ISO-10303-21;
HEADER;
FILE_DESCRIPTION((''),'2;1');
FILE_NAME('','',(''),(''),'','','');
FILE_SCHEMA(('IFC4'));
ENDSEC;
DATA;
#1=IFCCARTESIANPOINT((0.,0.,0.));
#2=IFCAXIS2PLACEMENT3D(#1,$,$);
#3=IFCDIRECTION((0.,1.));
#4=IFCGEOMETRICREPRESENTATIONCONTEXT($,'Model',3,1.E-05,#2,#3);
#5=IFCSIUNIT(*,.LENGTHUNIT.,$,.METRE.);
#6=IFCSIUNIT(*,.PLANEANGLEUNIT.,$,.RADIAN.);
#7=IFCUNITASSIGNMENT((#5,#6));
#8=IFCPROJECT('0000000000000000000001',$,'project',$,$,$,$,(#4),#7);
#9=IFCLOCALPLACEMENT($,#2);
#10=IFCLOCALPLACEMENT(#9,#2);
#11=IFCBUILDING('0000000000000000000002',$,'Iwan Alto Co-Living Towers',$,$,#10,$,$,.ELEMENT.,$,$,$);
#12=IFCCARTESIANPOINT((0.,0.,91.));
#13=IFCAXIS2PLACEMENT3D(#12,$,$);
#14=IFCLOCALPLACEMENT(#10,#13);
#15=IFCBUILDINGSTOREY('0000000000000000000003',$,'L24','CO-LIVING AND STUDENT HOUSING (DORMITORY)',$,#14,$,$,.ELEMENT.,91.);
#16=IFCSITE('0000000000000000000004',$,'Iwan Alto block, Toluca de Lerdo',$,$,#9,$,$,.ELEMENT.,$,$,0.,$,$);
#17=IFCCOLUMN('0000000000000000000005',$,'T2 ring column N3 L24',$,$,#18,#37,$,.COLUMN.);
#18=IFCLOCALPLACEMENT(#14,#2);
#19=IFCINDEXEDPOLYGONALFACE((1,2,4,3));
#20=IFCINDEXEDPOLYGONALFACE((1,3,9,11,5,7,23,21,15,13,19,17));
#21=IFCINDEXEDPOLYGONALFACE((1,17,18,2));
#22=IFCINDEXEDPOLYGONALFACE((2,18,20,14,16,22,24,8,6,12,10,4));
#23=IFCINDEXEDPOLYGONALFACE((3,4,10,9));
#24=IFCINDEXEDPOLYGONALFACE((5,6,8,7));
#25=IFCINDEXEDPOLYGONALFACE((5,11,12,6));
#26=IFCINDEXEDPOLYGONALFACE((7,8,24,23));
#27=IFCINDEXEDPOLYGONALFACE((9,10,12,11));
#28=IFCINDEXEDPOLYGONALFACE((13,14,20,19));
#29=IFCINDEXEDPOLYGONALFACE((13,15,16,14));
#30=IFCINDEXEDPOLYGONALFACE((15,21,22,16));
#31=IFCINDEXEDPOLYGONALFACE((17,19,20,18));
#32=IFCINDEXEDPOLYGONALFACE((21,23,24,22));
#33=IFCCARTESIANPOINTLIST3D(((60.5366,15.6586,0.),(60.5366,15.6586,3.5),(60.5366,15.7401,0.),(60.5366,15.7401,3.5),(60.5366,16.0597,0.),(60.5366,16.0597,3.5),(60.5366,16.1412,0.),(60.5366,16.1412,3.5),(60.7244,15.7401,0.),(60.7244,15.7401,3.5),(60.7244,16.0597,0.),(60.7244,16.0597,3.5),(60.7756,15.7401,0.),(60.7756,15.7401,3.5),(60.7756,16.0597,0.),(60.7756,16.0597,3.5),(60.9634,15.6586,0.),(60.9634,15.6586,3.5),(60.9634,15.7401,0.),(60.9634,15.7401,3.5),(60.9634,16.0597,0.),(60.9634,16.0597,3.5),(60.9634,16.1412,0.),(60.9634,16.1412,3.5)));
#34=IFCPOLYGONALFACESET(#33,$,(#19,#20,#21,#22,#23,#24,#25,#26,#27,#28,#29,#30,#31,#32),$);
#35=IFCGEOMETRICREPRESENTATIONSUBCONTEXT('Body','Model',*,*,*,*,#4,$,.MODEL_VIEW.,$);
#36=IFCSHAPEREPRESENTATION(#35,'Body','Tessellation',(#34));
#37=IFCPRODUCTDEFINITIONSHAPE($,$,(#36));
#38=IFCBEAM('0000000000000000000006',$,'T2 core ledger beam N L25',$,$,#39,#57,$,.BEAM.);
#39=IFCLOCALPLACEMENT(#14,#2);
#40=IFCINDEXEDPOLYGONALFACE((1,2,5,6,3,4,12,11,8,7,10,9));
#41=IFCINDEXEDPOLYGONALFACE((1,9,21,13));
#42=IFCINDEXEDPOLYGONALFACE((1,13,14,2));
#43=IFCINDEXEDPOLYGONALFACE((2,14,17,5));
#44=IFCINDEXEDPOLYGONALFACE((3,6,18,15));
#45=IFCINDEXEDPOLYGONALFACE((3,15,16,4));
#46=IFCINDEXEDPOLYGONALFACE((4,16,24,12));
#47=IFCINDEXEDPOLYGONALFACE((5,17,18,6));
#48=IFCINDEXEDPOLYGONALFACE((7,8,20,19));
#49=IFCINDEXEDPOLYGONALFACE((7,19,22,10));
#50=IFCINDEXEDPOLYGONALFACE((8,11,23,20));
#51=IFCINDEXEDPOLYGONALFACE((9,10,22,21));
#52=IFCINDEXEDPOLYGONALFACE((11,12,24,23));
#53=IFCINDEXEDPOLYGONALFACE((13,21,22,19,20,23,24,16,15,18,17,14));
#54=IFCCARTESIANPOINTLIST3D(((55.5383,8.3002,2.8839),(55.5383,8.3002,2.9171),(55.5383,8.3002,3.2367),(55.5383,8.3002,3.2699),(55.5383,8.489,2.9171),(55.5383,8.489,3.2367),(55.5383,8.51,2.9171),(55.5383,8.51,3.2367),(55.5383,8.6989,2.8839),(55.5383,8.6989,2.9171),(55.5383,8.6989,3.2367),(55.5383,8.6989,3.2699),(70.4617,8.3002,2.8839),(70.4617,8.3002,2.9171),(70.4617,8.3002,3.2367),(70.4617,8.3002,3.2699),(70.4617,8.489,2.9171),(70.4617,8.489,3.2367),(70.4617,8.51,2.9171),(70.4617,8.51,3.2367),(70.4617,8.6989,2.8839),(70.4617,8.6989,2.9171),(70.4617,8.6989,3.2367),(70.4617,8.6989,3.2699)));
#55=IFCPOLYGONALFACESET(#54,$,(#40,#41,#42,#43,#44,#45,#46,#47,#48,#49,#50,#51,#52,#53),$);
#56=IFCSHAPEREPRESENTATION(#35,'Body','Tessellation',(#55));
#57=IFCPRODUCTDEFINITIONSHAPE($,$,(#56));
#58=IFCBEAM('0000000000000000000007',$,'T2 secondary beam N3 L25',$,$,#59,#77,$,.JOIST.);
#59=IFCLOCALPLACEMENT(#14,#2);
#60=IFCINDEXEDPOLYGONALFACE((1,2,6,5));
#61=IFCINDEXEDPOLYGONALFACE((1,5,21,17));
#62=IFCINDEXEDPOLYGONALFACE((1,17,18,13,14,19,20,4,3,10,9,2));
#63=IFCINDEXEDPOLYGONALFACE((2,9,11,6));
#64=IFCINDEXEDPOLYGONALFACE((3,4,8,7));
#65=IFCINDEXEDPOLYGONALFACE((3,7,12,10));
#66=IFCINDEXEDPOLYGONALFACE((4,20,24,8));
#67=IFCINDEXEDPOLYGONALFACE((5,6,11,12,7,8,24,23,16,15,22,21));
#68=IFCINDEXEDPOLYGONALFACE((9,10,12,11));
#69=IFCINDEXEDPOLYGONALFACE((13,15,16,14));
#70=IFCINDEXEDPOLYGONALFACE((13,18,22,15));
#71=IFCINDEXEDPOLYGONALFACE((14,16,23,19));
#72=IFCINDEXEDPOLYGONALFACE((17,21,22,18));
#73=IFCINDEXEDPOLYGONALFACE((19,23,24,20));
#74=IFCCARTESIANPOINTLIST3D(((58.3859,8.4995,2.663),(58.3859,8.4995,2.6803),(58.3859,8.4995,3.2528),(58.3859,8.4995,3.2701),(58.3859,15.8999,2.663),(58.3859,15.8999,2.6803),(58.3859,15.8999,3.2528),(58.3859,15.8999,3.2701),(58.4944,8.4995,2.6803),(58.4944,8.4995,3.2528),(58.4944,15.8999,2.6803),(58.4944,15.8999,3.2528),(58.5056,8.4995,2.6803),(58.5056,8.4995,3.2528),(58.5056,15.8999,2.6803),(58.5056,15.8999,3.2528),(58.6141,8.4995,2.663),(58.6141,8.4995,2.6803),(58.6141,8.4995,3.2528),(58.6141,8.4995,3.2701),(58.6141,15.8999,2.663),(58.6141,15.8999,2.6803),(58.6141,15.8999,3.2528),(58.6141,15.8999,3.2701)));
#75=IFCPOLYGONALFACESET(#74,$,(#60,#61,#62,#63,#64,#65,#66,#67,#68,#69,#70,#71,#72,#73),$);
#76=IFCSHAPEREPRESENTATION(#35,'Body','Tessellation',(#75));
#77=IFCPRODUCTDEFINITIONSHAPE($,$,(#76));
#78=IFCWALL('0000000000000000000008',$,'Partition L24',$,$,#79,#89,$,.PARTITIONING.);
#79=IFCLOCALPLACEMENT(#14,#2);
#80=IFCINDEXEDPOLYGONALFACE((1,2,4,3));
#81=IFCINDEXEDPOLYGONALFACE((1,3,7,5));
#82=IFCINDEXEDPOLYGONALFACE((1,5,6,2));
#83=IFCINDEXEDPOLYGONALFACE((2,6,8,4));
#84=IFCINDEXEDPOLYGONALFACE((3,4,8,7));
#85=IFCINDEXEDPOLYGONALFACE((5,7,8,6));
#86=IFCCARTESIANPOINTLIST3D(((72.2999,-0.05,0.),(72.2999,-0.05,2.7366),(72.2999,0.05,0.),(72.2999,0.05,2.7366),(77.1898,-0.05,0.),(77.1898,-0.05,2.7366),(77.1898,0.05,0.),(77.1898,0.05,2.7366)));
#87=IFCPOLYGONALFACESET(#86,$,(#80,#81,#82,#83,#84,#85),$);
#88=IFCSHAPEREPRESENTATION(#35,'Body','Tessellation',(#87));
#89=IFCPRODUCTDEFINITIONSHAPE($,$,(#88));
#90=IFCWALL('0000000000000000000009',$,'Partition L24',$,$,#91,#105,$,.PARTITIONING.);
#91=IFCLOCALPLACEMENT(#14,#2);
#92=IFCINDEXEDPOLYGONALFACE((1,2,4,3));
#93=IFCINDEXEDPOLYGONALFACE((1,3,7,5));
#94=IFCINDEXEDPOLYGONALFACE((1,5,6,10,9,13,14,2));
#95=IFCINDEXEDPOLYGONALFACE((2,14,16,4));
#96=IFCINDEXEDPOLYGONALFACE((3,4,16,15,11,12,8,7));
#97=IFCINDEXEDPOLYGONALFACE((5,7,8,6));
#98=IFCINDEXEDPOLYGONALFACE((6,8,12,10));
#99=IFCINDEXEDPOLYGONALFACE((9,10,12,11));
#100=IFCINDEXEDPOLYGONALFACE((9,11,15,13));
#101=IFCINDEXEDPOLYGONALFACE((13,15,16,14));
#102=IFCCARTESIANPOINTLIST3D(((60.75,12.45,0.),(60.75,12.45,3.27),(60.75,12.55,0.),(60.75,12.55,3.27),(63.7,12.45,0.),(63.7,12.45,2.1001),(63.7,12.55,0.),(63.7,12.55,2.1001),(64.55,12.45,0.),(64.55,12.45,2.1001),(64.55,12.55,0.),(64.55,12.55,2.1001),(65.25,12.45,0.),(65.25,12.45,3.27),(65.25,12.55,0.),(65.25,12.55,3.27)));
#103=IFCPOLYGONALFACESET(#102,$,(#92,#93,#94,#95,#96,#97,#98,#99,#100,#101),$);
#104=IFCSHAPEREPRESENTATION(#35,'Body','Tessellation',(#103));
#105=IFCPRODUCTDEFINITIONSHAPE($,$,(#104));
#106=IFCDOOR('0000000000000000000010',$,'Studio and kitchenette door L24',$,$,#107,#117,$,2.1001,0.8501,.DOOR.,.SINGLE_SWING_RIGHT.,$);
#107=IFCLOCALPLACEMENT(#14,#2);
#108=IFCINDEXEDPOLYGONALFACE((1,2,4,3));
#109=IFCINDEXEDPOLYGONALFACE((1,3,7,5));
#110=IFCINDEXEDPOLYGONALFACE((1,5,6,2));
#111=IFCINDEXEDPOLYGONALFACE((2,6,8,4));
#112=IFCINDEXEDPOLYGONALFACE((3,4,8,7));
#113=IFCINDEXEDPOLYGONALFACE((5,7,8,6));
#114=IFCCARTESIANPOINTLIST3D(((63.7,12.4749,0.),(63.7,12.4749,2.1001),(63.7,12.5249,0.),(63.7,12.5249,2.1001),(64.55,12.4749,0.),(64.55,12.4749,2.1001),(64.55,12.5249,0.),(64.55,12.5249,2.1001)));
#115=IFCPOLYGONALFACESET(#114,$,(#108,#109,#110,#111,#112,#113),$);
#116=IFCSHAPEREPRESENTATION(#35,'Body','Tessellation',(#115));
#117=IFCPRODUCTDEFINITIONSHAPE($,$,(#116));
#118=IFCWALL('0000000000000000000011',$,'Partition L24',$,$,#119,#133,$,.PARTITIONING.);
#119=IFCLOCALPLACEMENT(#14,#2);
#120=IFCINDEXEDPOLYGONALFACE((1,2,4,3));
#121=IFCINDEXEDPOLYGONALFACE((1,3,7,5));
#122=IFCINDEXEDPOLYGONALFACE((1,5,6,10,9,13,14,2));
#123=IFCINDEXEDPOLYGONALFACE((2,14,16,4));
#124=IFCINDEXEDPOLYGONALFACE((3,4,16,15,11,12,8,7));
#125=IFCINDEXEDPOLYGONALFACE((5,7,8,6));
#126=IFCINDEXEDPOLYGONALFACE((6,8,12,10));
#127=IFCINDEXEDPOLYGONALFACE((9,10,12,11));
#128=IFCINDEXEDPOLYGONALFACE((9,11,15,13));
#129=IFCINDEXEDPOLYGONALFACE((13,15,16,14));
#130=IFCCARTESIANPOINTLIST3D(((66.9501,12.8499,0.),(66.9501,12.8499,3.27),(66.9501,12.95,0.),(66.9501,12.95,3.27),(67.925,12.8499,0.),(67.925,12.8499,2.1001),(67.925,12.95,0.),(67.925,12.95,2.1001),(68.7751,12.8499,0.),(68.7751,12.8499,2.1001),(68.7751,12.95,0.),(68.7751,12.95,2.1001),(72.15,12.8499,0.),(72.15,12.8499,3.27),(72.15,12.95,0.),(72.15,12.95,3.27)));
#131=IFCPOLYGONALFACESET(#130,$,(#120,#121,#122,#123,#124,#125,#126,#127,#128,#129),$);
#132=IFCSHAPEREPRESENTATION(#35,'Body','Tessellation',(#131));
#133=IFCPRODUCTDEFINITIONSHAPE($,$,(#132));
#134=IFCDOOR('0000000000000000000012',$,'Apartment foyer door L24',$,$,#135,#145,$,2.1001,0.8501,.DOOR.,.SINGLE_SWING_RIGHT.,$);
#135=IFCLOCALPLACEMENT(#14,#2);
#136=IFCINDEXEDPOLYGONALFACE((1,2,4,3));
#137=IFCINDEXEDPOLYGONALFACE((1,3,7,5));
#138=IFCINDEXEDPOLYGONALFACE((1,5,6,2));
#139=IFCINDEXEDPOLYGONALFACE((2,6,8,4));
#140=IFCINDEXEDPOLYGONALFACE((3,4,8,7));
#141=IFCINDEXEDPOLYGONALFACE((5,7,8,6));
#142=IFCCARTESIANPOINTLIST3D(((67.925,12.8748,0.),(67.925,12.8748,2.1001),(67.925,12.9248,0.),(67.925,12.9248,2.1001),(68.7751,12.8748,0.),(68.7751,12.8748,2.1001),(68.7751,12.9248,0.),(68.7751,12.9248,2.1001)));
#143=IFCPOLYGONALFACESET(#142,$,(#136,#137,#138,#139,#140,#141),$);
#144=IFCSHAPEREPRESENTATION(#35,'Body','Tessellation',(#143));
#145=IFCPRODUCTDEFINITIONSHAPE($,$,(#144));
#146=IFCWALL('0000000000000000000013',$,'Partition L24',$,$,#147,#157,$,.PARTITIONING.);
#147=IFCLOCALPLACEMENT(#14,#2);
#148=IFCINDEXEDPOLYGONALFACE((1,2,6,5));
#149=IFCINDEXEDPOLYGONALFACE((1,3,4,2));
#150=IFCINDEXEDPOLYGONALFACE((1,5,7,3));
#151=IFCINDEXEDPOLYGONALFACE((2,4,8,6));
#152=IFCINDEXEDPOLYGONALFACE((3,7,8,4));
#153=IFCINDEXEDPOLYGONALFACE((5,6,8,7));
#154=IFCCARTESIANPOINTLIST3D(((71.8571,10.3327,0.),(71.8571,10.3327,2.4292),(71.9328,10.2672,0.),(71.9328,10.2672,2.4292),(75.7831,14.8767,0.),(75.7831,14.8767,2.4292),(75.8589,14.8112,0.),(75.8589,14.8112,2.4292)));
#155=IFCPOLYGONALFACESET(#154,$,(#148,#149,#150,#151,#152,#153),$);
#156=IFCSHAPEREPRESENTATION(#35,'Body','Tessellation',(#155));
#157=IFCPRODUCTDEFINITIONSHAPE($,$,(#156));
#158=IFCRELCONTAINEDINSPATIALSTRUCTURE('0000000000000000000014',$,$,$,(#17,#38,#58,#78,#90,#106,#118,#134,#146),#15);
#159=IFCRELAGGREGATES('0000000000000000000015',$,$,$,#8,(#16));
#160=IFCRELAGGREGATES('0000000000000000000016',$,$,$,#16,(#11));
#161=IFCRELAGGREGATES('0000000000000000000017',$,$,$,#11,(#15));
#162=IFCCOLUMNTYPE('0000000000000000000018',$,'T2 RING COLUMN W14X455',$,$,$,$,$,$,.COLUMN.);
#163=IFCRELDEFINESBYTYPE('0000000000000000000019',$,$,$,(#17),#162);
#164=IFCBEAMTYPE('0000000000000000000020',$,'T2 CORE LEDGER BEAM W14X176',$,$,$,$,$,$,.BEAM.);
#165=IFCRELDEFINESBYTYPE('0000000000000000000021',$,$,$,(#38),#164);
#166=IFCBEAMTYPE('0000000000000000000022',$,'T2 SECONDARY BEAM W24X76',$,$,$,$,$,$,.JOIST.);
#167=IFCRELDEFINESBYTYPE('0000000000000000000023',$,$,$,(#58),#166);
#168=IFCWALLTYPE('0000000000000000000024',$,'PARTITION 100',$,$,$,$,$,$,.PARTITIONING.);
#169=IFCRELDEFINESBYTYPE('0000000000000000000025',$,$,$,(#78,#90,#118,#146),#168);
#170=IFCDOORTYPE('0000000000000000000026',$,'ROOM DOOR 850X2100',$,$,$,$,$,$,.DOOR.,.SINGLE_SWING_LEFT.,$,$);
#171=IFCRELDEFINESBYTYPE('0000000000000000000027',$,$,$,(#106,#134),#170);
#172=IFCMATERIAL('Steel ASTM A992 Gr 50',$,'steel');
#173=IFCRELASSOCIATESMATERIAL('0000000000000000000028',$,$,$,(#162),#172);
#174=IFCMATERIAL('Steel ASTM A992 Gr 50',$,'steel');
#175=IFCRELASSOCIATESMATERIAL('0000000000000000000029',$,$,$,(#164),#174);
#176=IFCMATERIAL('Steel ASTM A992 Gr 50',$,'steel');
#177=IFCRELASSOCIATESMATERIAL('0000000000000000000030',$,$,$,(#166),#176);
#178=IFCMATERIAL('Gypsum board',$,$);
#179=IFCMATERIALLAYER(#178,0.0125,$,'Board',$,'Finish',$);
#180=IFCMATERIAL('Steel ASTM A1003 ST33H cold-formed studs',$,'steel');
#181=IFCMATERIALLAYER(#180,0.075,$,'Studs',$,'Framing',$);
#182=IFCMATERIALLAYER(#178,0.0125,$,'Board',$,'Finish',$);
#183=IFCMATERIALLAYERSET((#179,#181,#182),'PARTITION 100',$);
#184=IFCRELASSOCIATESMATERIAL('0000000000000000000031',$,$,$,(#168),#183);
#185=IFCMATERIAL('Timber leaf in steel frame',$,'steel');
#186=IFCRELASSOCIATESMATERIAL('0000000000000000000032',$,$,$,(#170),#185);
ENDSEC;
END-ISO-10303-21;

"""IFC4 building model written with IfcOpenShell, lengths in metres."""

from ifc_helpers import new_model, si_unit, direction, frame, frame_2d, origin, origin_2d, place, context, subcontext, project, spatial, rectangle, i_section, extrude, material, layer, layer_set, material_profile, profile_set, type_object, element, fill, save


model = new_model("IFC4")

# Units and contexts
model_context = context("Model", 3, precision=1e-05, world=origin(), true_north=direction((0.0, 1.0)))
body_context = subcontext(model_context, "Body", "Model", "MODEL_VIEW")
ifc_project = project(units=[si_unit("LENGTHUNIT", "METRE"), si_unit("PLANEANGLEUNIT", "RADIAN")], contexts=[model_context])

# Site, building, storey
site_placement = place(None, origin())
site = spatial("IfcSite", under=ifc_project, at=site_placement, Name="Iwan Alto block, Toluca de Lerdo", CompositionType="ELEMENT", RefElevation=0.0)
building_placement = place(site_placement, origin())
building = spatial("IfcBuilding", under=site, at=building_placement, Name="Iwan Alto Co-Living Towers", CompositionType="ELEMENT")
storey_placement = place(building_placement, frame((0.0, 0.0, 91.0)))
storey = spatial("IfcBuildingStorey", under=building, at=storey_placement, Name="L24", Description="CO-LIVING AND STUDENT HOUSING (DORMITORY)", CompositionType="ELEMENT", Elevation=91.0)

# Column
ifc_material_1 = material(Name="Steel ASTM A992 Gr 50", Category="steel")
ifc_material_profile_1 = material_profile(ifc_material_1, i_section(OverallWidth=0.4268, OverallDepth=0.4827, WebThickness=0.0513, FlangeThickness=0.0815, at=origin_2d()), Name="W14X455")
ifc_profile_set_1 = profile_set([ifc_material_profile_1], Name="Steel ASTM A992 Gr 50")
column_type = type_object("IfcColumnType", Name="T2 RING COLUMN W14X455", PredefinedType="COLUMN", material=ifc_profile_set_1)
column_placement = place(storey_placement, frame((60.75, 15.8999, 0.0), z_axis=(0.0, 0.0, 1.0), x_axis=(1.0, 0.0, 0.0)))
element("IfcColumn", 1, at=column_placement, inside=storey, type_object=column_type, Name="T2 ring column N3 L24", PredefinedType="COLUMN", context=body_context, shape_type="SweptSolid", body=[
    extrude(i_section(OverallWidth=0.4268, OverallDepth=0.4827, WebThickness=0.0513, FlangeThickness=0.0815, at=origin_2d()), origin(), (0.0, 0.0, 1.0), 3.5),
])

# Beams
ifc_material_2 = material(Name="Steel ASTM A992 Gr 50", Category="steel")
ifc_material_profile_2 = material_profile(ifc_material_2, i_section(OverallWidth=0.3987, OverallDepth=0.386, WebThickness=0.021, FlangeThickness=0.0332, at=origin_2d()), Name="W14X176")
ifc_profile_set_2 = profile_set([ifc_material_profile_2], Name="Steel ASTM A992 Gr 50")
beam_type_1 = type_object("IfcBeamType", Name="T2 CORE LEDGER BEAM W14X176", PredefinedType="BEAM", material=ifc_profile_set_2)
beam_1_placement = place(storey_placement, frame((70.4617, 8.4995, 3.0769), z_axis=(-1.0, 0.0, 0.0), x_axis=(0.0, -1.0, 0.0)))
element("IfcBeam", 2, at=beam_1_placement, inside=storey, type_object=beam_type_1, Name="T2 core ledger beam N L25", PredefinedType="BEAM", context=body_context, shape_type="SweptSolid", body=[
    extrude(i_section(OverallWidth=0.3987, OverallDepth=0.386, WebThickness=0.021, FlangeThickness=0.0332, at=origin_2d()), origin(), (0.0, 0.0, 1.0), 14.9233),
])
ifc_material_3 = material(Name="Steel ASTM A992 Gr 50", Category="steel")
ifc_material_profile_3 = material_profile(ifc_material_3, i_section(OverallWidth=0.2283, OverallDepth=0.6072, WebThickness=0.0112, FlangeThickness=0.0173, at=origin_2d()), Name="W24X76")
ifc_profile_set_3 = profile_set([ifc_material_profile_3], Name="Steel ASTM A992 Gr 50")
beam_type_2 = type_object("IfcBeamType", Name="T2 SECONDARY BEAM W24X76", PredefinedType="JOIST", material=ifc_profile_set_3)
beam_2_placement = place(storey_placement, frame((58.5, 15.8999, 2.9666), z_axis=(0.0, -1.0, 0.0), x_axis=(1.0, 0.0, 0.0)))
element("IfcBeam", 3, at=beam_2_placement, inside=storey, type_object=beam_type_2, Name="T2 secondary beam N3 L25", PredefinedType="JOIST", context=body_context, shape_type="SweptSolid", body=[
    extrude(i_section(OverallWidth=0.2283, OverallDepth=0.6072, WebThickness=0.0112, FlangeThickness=0.0173, at=origin_2d()), origin(), (0.0, 0.0, 1.0), 7.4004),
])

# Wall
ifc_material_4 = material(Name="Gypsum board")
ifc_layer_1 = layer(ifc_material_4, 0.0125, Name="Board", Category="Finish")
ifc_material_5 = material(Name="Steel ASTM A1003 ST33H cold-formed studs", Category="steel")
ifc_layer_2 = layer(ifc_material_5, 0.075, Name="Studs", Category="Framing")
ifc_layer_3 = layer(ifc_material_4, 0.0125, Name="Board", Category="Finish")
ifc_layer_set_1 = layer_set([ifc_layer_1, ifc_layer_2, ifc_layer_3], Name="PARTITION 100")
wall_type_1 = type_object("IfcWallType", Name="PARTITION 100", PredefinedType="PARTITIONING", material=ifc_layer_set_1)
wall_1_placement = place(storey_placement, frame((72.3, 0.0, 0.0), z_axis=(0.0, 0.0, 1.0), x_axis=(1.0, 0.0, 0.0)))
element("IfcWall", 4, at=wall_1_placement, inside=storey, type_object=wall_type_1, Name="Partition L24", PredefinedType="PARTITIONING", context=body_context, shape_type="SweptSolid", body=[
    extrude(rectangle(XDim=4.8899, YDim=0.1001, at=frame_2d((2.4448, 0.0))), origin(), (0.0, 0.0, 1.0), 2.7366),
])

# Walls, openings, doors
wall_2_placement = place(storey_placement, frame((60.75, 12.5, 0.0), z_axis=(0.0, 0.0, 1.0), x_axis=(1.0, 0.0, 0.0)))
wall_2 = element("IfcWall", 5, at=wall_2_placement, inside=storey, type_object=wall_type_1, Name="Partition L24", PredefinedType="PARTITIONING", context=body_context, shape_type="SweptSolid", body=[
    extrude(rectangle(XDim=4.5, YDim=0.1001, at=frame_2d((2.25, 0.0))), origin(), (0.0, 0.0, 1.0), 3.27),
])
opening_1_placement = place(wall_2_placement, frame((2.95, 0.0, 0.0)))
opening_1 = element("IfcOpeningElement", 6, at=opening_1_placement, cuts=wall_2, PredefinedType="OPENING", context=body_context, shape_type="SweptSolid", body=[
    extrude(rectangle(XDim=0.8501, YDim=2.1001, at=frame_2d((0.425, 1.05))), frame((0.0, 0.0601, 0.0), z_axis=(0.0, -1.0, 0.0), x_axis=(1.0, 0.0, 0.0)), (0.0, 0.0, 1.0), 0.1201),
])
ifc_material_6 = material(Name="Timber leaf in steel frame", Category="steel")
door_type_1 = type_object("IfcDoorType", Name="ROOM DOOR 850X2100", OperationType="SINGLE_SWING_LEFT", PredefinedType="DOOR", material=ifc_material_6)
door_1_placement = place(opening_1_placement, origin())
door_1 = element("IfcDoor", 7, at=door_1_placement, inside=storey, type_object=door_type_1, Name="Studio and kitchenette door L24", OperationType="SINGLE_SWING_RIGHT", OverallHeight=2.1001, OverallWidth=0.8501, PredefinedType="DOOR", context=body_context, shape_type="SweptSolid", body=[
    extrude(rectangle(XDim=0.8501, YDim=2.1001, at=frame_2d((0.425, 1.05))), frame((0.0, 0.0249, 0.0), z_axis=(0.0, -1.0, 0.0), x_axis=(1.0, 0.0, 0.0)), (0.0, 0.0, 1.0), 0.05),
])
fill(opening_1, door_1)
wall_3_placement = place(storey_placement, frame((66.95, 12.8999, 0.0), z_axis=(0.0, 0.0, 1.0), x_axis=(1.0, 0.0, 0.0)))
wall_3 = element("IfcWall", 8, at=wall_3_placement, inside=storey, type_object=wall_type_1, Name="Partition L24", PredefinedType="PARTITIONING", context=body_context, shape_type="SweptSolid", body=[
    extrude(rectangle(XDim=5.2, YDim=0.1001, at=frame_2d((2.6001, 0.0))), origin(), (0.0, 0.0, 1.0), 3.27),
])
opening_2_placement = place(wall_3_placement, frame((0.9751, 0.0, 0.0)))
opening_2 = element("IfcOpeningElement", 9, at=opening_2_placement, cuts=wall_3, PredefinedType="OPENING", context=body_context, shape_type="SweptSolid", body=[
    extrude(rectangle(XDim=0.8501, YDim=2.1001, at=frame_2d((0.425, 1.05))), frame((0.0, 0.0601, 0.0), z_axis=(0.0, -1.0, 0.0), x_axis=(1.0, 0.0, 0.0)), (0.0, 0.0, 1.0), 0.1201),
])
door_2_placement = place(opening_2_placement, origin())
door_2 = element("IfcDoor", 10, at=door_2_placement, inside=storey, type_object=door_type_1, Name="Apartment foyer door L24", OperationType="SINGLE_SWING_RIGHT", OverallHeight=2.1001, OverallWidth=0.8501, PredefinedType="DOOR", context=body_context, shape_type="SweptSolid", body=[
    extrude(rectangle(XDim=0.8501, YDim=2.1001, at=frame_2d((0.425, 1.05))), frame((0.0, 0.0249, 0.0), z_axis=(0.0, -1.0, 0.0), x_axis=(1.0, 0.0, 0.0)), (0.0, 0.0, 1.0), 0.05),
])
fill(opening_2, door_2)

# Wall
wall_4_placement = place(storey_placement, frame((71.895, 10.3, 0.0), z_axis=(0.0, 0.0, 1.0), x_axis=(0.653783, 0.756682, 0.0)))
element("IfcWall", 11, at=wall_4_placement, inside=storey, type_object=wall_type_1, Name="Partition L24", PredefinedType="PARTITIONING", context=body_context, shape_type="SweptSolid", body=[
    extrude(rectangle(XDim=6.0051, YDim=0.1001, at=frame_2d((3.0024, 0.0))), origin(), (0.0, 0.0, 1.0), 2.4292),
])

save(model, "model.ifc")
